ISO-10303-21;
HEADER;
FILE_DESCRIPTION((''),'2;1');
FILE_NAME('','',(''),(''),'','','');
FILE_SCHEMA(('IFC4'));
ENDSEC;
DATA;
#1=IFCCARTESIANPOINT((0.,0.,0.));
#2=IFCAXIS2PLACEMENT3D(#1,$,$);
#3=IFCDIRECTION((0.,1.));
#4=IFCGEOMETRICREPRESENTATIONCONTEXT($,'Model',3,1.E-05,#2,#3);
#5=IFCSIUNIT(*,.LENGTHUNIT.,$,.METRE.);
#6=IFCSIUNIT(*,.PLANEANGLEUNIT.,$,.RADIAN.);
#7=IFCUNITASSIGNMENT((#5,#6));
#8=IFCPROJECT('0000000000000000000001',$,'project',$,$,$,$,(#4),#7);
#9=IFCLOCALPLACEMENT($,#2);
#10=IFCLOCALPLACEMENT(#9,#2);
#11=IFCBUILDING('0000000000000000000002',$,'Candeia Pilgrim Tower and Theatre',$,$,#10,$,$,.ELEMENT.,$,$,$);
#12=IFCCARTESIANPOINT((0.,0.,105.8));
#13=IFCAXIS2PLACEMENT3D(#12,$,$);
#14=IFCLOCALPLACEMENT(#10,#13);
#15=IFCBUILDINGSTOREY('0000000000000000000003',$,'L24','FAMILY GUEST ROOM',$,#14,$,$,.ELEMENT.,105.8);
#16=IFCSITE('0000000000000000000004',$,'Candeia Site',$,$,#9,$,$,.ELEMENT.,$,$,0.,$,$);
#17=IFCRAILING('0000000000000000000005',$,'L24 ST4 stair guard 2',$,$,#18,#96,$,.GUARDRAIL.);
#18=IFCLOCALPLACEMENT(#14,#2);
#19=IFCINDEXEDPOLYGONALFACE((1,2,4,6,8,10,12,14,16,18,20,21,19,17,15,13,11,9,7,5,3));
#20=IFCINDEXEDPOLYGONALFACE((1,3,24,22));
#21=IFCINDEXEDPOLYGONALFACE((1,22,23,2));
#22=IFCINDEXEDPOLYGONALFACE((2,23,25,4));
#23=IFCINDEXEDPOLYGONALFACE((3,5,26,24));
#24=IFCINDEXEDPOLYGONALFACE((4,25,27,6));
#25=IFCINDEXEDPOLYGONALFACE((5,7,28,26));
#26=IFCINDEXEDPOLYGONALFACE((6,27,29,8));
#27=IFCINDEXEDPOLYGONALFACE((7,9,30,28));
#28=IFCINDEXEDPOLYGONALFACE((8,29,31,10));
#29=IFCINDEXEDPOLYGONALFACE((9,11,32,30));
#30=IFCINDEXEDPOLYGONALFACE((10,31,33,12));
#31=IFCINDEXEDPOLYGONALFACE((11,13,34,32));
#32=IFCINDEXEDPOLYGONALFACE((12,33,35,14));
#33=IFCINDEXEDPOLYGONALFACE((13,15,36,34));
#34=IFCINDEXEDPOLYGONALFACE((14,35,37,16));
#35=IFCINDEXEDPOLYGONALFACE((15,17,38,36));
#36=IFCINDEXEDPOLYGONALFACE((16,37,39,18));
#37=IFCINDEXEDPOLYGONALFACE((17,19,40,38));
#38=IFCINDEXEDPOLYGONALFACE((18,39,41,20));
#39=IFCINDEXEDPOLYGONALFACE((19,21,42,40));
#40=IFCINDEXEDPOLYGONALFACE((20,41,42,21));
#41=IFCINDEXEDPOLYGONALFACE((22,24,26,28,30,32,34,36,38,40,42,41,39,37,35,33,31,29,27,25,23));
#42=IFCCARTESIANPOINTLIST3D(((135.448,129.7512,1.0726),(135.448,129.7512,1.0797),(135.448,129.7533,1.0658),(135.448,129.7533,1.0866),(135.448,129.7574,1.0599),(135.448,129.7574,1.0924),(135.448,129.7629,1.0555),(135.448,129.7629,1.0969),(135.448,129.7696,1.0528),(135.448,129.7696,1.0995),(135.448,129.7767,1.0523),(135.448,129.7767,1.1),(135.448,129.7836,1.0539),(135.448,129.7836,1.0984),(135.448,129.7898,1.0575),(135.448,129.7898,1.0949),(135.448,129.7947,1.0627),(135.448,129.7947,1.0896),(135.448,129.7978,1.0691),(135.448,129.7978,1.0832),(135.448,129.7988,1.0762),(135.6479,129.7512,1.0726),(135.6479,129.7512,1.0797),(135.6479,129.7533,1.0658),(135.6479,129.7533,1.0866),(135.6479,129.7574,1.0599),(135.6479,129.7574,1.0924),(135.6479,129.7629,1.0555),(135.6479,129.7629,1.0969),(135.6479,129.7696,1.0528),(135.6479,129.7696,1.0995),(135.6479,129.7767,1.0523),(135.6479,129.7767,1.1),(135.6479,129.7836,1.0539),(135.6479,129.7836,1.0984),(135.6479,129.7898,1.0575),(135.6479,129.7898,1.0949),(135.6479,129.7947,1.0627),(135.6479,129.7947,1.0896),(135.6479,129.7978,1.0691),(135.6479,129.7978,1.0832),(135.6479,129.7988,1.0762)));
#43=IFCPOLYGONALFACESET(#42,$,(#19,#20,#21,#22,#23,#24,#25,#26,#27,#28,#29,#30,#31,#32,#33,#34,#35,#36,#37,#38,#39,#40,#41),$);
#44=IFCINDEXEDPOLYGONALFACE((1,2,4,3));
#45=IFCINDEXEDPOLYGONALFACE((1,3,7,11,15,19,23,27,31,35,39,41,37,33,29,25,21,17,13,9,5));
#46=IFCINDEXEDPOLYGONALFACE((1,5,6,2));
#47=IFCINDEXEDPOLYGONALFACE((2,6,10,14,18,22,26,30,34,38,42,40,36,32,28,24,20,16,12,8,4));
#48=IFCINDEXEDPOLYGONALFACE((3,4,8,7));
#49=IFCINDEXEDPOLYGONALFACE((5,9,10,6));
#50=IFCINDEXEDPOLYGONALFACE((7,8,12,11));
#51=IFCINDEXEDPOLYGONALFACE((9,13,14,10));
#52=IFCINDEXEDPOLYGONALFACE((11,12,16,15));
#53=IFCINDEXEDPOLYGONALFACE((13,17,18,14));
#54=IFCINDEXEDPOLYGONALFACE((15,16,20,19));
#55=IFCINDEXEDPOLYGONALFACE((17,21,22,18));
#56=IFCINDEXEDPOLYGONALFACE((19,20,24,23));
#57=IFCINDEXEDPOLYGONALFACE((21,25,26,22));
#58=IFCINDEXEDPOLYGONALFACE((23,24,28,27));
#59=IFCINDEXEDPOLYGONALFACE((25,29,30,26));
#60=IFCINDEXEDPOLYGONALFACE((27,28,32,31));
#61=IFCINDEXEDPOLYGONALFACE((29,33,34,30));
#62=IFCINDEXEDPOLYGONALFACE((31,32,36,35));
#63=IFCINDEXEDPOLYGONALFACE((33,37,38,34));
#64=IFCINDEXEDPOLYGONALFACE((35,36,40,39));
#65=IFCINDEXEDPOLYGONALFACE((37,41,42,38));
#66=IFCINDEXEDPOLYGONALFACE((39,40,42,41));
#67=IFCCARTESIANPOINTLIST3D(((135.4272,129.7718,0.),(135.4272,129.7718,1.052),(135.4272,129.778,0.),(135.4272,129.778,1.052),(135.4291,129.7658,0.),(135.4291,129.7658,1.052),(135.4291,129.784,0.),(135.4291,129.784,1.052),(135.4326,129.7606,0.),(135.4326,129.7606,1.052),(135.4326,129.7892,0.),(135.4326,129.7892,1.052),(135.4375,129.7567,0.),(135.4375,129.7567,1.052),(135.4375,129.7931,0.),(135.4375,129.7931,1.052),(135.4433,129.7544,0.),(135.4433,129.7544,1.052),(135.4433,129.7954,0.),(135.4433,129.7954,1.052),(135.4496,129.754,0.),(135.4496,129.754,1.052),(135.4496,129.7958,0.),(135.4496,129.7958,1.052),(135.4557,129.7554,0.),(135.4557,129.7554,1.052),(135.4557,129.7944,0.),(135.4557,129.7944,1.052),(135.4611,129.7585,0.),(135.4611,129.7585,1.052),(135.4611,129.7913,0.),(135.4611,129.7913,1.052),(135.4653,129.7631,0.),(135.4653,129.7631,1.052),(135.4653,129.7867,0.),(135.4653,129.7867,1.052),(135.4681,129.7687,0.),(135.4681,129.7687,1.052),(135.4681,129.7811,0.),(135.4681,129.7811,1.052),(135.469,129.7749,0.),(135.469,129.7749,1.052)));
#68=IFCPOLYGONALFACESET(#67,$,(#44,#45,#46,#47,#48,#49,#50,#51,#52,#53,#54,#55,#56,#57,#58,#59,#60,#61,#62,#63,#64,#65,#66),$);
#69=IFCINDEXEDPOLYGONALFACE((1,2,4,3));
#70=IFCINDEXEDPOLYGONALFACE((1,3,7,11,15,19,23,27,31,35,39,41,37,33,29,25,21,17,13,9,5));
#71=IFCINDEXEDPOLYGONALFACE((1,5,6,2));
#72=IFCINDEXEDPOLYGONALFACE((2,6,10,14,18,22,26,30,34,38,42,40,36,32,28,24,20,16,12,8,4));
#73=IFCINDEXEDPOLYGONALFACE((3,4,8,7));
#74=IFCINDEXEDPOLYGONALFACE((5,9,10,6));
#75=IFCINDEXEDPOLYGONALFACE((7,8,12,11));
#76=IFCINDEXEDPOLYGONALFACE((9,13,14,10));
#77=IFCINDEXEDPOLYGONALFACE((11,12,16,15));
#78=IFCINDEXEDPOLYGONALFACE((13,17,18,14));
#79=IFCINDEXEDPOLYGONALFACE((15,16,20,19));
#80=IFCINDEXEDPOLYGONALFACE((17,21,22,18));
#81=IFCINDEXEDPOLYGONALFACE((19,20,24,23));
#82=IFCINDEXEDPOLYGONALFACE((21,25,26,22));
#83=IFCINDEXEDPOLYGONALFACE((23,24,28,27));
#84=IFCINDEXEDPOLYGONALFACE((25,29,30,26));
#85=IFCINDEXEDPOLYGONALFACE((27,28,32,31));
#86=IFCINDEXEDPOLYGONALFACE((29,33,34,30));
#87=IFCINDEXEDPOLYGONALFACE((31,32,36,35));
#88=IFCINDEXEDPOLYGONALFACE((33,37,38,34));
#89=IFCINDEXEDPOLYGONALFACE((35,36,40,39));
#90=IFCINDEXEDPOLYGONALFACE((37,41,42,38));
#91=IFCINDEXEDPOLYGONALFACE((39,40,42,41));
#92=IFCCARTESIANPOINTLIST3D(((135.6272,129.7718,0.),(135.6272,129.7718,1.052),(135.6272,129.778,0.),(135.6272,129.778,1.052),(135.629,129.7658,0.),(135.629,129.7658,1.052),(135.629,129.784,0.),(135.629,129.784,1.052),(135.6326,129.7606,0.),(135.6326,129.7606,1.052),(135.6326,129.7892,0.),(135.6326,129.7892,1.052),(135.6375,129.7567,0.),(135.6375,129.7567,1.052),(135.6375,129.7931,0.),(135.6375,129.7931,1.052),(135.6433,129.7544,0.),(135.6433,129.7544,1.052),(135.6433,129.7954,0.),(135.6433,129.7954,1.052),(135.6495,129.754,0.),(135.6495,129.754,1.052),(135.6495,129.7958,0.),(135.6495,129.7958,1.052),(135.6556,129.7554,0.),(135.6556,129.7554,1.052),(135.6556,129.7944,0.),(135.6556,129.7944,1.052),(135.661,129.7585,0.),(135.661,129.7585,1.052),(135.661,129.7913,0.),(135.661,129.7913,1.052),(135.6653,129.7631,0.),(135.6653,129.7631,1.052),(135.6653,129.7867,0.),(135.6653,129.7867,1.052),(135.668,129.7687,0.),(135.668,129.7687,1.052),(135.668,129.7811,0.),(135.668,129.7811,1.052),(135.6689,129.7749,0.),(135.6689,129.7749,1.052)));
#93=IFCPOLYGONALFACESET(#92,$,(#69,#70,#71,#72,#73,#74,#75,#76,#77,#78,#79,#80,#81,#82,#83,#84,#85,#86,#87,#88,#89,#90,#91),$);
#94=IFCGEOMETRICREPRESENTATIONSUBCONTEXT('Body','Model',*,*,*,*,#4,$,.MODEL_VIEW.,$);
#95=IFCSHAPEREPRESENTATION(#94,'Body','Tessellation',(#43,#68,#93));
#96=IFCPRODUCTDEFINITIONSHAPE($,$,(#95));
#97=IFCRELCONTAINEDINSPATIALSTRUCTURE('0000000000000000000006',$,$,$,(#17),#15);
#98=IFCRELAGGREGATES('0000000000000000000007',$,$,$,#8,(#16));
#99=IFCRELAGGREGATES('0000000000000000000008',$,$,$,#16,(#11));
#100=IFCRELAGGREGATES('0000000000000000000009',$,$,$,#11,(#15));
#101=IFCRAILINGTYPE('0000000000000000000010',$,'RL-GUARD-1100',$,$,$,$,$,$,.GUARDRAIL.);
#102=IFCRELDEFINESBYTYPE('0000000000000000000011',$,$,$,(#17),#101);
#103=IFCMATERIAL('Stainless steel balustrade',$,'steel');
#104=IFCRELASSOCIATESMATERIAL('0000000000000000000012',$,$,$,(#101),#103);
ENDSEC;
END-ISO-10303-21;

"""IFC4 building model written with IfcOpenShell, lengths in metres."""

from ifc_helpers import new_model, si_unit, direction, frame, origin, origin_2d, place, context, subcontext, project, spatial, circle, extrude, material, type_object, element, save


model = new_model("IFC4")

# Units and contexts
model_context = context("Model", 3, precision=1e-05, world=origin(), true_north=direction((0.0, 1.0)))
body_context = subcontext(model_context, "Body", "Model", "MODEL_VIEW")
ifc_project = project(units=[si_unit("LENGTHUNIT", "METRE"), si_unit("PLANEANGLEUNIT", "RADIAN")], contexts=[model_context])

# Site, building, storey
site_placement = place(None, origin())
site = spatial("IfcSite", under=ifc_project, at=site_placement, Name="Candeia Site", CompositionType="ELEMENT", RefElevation=0.0)
building_placement = place(site_placement, origin())
building = spatial("IfcBuilding", under=site, at=building_placement, Name="Candeia Pilgrim Tower and Theatre", CompositionType="ELEMENT")
storey_placement = place(building_placement, frame((0.0, 0.0, 105.8)))
storey = spatial("IfcBuildingStorey", under=building, at=storey_placement, Name="L24", Description="FAMILY GUEST ROOM", CompositionType="ELEMENT", Elevation=105.8)

# Railing
ifc_material_1 = material(Name="Stainless steel balustrade", Category="steel")
railing_type_1 = type_object("IfcRailingType", Name="RL-GUARD-1100", PredefinedType="GUARDRAIL", material=ifc_material_1)
railing_1_placement = place(storey_placement, frame((135.448, 129.7749, 0.0)))
element("IfcRailing", 1, at=railing_1_placement, inside=storey, type_object=railing_type_1, Name="L24 ST4 stair guard 2", PredefinedType="GUARDRAIL", context=body_context, shape_type="SweptSolid", body=[
    extrude(circle(Radius=0.0239, at=origin_2d()), frame((0.0, 0.0, 1.0762), z_axis=(1.0, 0.0, 0.0), x_axis=(0.0, 1.0, 0.0)), (0.0, 0.0, 1.0), 0.2),
    extrude(circle(Radius=0.021, at=origin_2d()), origin(), (0.0, 0.0, 1.0), 1.052),
    extrude(circle(Radius=0.021, at=origin_2d()), frame((0.2, 0.0, 0.0)), (0.0, 0.0, 1.0), 1.052),
])

save(model, "model.ifc")
